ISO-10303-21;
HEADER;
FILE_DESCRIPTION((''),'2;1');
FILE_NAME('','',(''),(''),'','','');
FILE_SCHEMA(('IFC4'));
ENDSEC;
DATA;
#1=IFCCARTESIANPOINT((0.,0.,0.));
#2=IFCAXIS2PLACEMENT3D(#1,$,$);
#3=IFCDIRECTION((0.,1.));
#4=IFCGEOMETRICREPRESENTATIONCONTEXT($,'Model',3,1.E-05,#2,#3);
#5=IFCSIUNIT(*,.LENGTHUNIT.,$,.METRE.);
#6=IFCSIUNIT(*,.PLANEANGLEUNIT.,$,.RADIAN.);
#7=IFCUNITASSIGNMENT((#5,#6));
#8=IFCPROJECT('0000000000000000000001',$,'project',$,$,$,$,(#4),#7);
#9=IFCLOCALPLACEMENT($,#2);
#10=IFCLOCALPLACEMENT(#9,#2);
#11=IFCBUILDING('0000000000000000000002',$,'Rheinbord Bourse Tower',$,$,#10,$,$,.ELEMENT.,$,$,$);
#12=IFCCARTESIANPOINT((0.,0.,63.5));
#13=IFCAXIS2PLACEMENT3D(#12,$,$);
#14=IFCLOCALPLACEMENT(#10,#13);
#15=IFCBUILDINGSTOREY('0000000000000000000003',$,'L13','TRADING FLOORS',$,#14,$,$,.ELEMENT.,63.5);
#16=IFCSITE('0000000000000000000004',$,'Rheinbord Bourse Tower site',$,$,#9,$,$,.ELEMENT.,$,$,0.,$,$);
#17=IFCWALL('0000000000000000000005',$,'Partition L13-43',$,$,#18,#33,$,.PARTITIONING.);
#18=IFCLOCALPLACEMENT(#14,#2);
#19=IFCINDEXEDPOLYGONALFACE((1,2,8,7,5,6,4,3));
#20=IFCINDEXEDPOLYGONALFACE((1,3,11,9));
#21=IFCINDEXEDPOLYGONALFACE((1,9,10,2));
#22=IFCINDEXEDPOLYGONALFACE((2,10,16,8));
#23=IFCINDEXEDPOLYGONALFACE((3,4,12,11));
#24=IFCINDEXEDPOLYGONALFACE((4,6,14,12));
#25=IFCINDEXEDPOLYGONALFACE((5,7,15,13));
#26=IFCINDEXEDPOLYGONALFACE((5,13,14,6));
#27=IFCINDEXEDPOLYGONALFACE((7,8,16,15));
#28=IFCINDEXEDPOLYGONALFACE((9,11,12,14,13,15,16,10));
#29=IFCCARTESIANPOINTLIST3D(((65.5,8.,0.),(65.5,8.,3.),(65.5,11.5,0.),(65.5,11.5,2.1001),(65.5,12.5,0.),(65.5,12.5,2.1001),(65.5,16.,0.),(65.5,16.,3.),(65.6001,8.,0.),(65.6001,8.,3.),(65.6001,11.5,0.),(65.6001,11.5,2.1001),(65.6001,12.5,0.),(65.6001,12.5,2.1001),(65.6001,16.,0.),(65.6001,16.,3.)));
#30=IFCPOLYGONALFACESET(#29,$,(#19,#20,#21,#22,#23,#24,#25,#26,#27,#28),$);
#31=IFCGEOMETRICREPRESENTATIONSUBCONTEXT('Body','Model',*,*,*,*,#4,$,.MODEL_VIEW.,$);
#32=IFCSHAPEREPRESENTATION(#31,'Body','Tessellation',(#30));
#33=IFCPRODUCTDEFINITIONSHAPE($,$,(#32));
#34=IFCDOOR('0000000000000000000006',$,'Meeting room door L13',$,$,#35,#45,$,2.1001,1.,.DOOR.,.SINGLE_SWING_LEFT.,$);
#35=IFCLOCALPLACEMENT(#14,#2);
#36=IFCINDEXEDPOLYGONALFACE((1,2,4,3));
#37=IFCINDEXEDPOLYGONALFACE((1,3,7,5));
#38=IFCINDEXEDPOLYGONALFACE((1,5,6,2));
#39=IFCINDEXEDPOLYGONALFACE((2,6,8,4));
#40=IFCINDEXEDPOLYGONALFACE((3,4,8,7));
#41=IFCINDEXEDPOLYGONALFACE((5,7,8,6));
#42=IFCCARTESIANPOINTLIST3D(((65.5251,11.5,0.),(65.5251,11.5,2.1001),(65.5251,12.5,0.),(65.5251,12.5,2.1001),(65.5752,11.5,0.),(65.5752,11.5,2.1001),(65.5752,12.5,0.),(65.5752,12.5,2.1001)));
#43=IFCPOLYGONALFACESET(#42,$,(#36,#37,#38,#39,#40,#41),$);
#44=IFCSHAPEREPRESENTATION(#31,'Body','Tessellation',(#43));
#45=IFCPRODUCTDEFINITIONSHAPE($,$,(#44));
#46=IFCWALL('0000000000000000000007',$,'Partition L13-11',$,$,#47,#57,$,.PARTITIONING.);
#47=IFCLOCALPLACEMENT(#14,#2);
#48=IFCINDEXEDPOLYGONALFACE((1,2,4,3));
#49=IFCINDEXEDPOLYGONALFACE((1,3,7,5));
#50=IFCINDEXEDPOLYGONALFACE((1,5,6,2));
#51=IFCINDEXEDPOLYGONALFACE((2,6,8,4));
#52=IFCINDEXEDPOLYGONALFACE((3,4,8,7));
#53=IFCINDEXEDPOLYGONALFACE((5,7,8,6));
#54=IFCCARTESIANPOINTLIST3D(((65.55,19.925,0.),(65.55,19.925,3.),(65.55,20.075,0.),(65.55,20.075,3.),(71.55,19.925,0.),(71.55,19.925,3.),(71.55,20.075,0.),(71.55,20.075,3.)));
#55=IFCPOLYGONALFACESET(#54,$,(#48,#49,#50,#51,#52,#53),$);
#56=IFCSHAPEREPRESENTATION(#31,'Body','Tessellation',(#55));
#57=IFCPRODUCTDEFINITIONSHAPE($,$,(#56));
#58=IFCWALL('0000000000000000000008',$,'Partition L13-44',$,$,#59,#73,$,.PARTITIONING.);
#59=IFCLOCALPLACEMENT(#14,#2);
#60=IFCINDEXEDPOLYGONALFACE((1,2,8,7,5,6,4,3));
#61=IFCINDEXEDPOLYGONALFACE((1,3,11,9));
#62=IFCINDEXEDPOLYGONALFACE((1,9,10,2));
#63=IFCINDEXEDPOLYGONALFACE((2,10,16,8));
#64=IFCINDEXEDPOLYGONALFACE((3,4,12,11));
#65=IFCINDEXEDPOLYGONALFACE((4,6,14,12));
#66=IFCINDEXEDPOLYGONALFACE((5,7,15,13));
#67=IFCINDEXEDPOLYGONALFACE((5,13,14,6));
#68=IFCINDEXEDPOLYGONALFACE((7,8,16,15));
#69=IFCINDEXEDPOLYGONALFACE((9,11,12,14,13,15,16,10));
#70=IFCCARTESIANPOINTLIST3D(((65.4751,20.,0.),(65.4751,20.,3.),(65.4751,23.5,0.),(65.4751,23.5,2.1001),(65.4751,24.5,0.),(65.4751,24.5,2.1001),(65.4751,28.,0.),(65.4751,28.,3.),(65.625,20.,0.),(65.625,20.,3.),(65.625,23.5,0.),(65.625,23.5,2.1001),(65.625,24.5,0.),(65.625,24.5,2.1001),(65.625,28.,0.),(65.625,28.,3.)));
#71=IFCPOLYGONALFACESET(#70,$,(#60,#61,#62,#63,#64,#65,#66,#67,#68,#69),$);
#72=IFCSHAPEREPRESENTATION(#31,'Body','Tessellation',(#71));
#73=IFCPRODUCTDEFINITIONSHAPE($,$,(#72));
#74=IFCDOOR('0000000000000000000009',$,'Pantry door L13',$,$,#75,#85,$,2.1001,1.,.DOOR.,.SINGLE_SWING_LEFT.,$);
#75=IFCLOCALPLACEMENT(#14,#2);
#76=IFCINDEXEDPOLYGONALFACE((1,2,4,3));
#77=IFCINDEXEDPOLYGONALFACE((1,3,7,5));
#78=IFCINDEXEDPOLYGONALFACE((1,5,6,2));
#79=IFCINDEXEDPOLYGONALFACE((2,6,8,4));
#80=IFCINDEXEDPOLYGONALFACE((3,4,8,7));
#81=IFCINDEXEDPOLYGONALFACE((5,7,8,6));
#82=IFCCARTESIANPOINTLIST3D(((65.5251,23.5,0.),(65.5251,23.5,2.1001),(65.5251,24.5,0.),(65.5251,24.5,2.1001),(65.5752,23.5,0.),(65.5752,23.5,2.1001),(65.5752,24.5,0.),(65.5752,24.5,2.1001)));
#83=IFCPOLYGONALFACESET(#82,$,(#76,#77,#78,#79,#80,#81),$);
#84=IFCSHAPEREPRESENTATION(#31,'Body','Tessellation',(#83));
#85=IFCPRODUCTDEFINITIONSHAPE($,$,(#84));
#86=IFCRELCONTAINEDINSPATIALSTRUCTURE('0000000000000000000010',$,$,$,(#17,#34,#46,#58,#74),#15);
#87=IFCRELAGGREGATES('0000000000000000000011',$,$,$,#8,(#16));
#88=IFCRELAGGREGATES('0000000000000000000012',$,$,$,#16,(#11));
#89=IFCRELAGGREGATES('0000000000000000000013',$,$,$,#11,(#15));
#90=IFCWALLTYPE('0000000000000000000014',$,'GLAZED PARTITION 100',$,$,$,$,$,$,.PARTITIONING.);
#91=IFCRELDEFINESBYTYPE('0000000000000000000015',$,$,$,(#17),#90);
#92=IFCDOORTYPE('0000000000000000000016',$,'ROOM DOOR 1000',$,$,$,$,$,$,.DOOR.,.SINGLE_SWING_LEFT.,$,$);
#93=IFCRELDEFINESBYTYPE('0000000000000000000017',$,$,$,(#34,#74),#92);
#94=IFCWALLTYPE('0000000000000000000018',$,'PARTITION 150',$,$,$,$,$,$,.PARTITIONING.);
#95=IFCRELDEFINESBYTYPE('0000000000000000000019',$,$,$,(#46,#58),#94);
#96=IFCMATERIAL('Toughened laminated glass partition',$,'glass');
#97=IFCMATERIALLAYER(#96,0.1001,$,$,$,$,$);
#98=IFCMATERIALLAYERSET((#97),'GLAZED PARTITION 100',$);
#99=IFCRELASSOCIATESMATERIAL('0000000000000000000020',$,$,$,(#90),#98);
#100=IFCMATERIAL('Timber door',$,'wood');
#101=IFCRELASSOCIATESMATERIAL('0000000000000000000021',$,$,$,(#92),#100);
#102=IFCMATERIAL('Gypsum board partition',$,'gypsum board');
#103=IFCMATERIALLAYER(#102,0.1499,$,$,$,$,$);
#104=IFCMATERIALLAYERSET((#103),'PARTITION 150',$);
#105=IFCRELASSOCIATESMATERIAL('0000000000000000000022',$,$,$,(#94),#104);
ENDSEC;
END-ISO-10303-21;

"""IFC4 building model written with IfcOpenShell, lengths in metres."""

from ifc_helpers import new_model, si_unit, direction, frame, frame_2d, origin, place, context, subcontext, project, spatial, rectangle, extrude, material, layer, layer_set, type_object, element, fill, save


model = new_model("IFC4")

# Units and contexts
model_context = context("Model", 3, precision=1e-05, world=origin(), true_north=direction((0.0, 1.0)))
body_context = subcontext(model_context, "Body", "Model", "MODEL_VIEW")
ifc_project = project(units=[si_unit("LENGTHUNIT", "METRE"), si_unit("PLANEANGLEUNIT", "RADIAN")], contexts=[model_context])

# Site, building, storey
site_placement = place(None, origin())
site = spatial("IfcSite", under=ifc_project, at=site_placement, Name="Rheinbord Bourse Tower site", CompositionType="ELEMENT", RefElevation=0.0)
building_placement = place(site_placement, origin())
building = spatial("IfcBuilding", under=site, at=building_placement, Name="Rheinbord Bourse Tower", CompositionType="ELEMENT")
storey_placement = place(building_placement, frame((0.0, 0.0, 63.5)))
storey = spatial("IfcBuildingStorey", under=building, at=storey_placement, Name="L13", Description="TRADING FLOORS", CompositionType="ELEMENT", Elevation=63.5)

# Shared definitions
ifc_material_1 = material(Name="Toughened laminated glass partition", Category="glass")
ifc_layer_1 = layer(ifc_material_1, 0.1001)
ifc_layer_set_1 = layer_set([ifc_layer_1], Name="GLAZED PARTITION 100")
wall_type_1 = type_object("IfcWallType", Name="GLAZED PARTITION 100", PredefinedType="PARTITIONING", material=ifc_layer_set_1)

# Wall, opening, door
wall_1_placement = place(storey_placement, frame((65.55, 8.0, 0.0), z_axis=(0.0, 0.0, 1.0), x_axis=(0.0, 1.0, 0.0)))
wall_1 = element("IfcWall", 1, at=wall_1_placement, inside=storey, type_object=wall_type_1, Name="Partition L13-43", PredefinedType="PARTITIONING", context=body_context, shape_type="SweptSolid", body=[
    extrude(rectangle(XDim=8.0, YDim=0.1001, at=frame_2d((4.0, 0.0))), origin(), (0.0, 0.0, 1.0), 3.0),
])
opening_1_placement = place(wall_1_placement, frame((3.5, 0.0, 0.0)))
opening_1 = element("IfcOpeningElement", 2, at=opening_1_placement, cuts=wall_1, PredefinedType="OPENING", context=body_context, shape_type="SweptSolid", body=[
    extrude(rectangle(XDim=1.0, YDim=2.1001, at=frame_2d((0.5, 1.05))), frame((0.0, 0.0601, 0.0), z_axis=(0.0, -1.0, 0.0), x_axis=(1.0, 0.0, 0.0)), (0.0, 0.0, 1.0), 0.1201),
])
ifc_material_2 = material(Name="Timber door", Category="wood")
door_type = type_object("IfcDoorType", Name="ROOM DOOR 1000", OperationType="SINGLE_SWING_LEFT", PredefinedType="DOOR", material=ifc_material_2)
door_1_placement = place(opening_1_placement, origin())
door_1 = element("IfcDoor", 3, at=door_1_placement, inside=storey, type_object=door_type, Name="Meeting room door L13", OperationType="SINGLE_SWING_LEFT", OverallHeight=2.1001, OverallWidth=1.0, PredefinedType="DOOR", context=body_context, shape_type="SweptSolid", body=[
    extrude(rectangle(XDim=1.0, YDim=2.1001, at=frame_2d((0.5, 1.05))), frame((0.0, 0.0249, 0.0), z_axis=(0.0, -1.0, 0.0), x_axis=(1.0, 0.0, 0.0)), (0.0, 0.0, 1.0), 0.05),
])
fill(opening_1, door_1)

# Wall
ifc_material_3 = material(Name="Gypsum board partition", Category="gypsum board")
ifc_layer_2 = layer(ifc_material_3, 0.1499)
ifc_layer_set_2 = layer_set([ifc_layer_2], Name="PARTITION 150")
wall_type_2 = type_object("IfcWallType", Name="PARTITION 150", PredefinedType="PARTITIONING", material=ifc_layer_set_2)
wall_2_placement = place(storey_placement, frame((65.55, 20.0, 0.0), z_axis=(0.0, 0.0, 1.0), x_axis=(1.0, 0.0, 0.0)))
element("IfcWall", 4, at=wall_2_placement, inside=storey, type_object=wall_type_2, Name="Partition L13-11", PredefinedType="PARTITIONING", context=body_context, shape_type="SweptSolid", body=[
    extrude(rectangle(XDim=6.0, YDim=0.1499, at=frame_2d((3.0, 0.0))), origin(), (0.0, 0.0, 1.0), 3.0),
])

# Wall, opening, door
wall_3_placement = place(storey_placement, frame((65.55, 20.0, 0.0), z_axis=(0.0, 0.0, 1.0), x_axis=(0.0, 1.0, 0.0)))
wall_3 = element("IfcWall", 5, at=wall_3_placement, inside=storey, type_object=wall_type_2, Name="Partition L13-44", PredefinedType="PARTITIONING", context=body_context, shape_type="SweptSolid", body=[
    extrude(rectangle(XDim=8.0, YDim=0.1499, at=frame_2d((4.0, 0.0))), origin(), (0.0, 0.0, 1.0), 3.0),
])
opening_2_placement = place(wall_3_placement, frame((3.5, 0.0, 0.0)))
opening_2 = element("IfcOpeningElement", 6, at=opening_2_placement, cuts=wall_3, PredefinedType="OPENING", context=body_context, shape_type="SweptSolid", body=[
    extrude(rectangle(XDim=1.0, YDim=2.1001, at=frame_2d((0.5, 1.05))), frame((0.0, 0.085, 0.0), z_axis=(0.0, -1.0, 0.0), x_axis=(1.0, 0.0, 0.0)), (0.0, 0.0, 1.0), 0.1699),
])
door_2_placement = place(opening_2_placement, origin())
door_2 = element("IfcDoor", 7, at=door_2_placement, inside=storey, type_object=door_type, Name="Pantry door L13", OperationType="SINGLE_SWING_LEFT", OverallHeight=2.1001, OverallWidth=1.0, PredefinedType="DOOR", context=body_context, shape_type="SweptSolid", body=[
    extrude(rectangle(XDim=1.0, YDim=2.1001, at=frame_2d((0.5, 1.05))), frame((0.0, 0.0249, 0.0), z_axis=(0.0, -1.0, 0.0), x_axis=(1.0, 0.0, 0.0)), (0.0, 0.0, 1.0), 0.05),
])
fill(opening_2, door_2)

save(model, "model.ifc")
